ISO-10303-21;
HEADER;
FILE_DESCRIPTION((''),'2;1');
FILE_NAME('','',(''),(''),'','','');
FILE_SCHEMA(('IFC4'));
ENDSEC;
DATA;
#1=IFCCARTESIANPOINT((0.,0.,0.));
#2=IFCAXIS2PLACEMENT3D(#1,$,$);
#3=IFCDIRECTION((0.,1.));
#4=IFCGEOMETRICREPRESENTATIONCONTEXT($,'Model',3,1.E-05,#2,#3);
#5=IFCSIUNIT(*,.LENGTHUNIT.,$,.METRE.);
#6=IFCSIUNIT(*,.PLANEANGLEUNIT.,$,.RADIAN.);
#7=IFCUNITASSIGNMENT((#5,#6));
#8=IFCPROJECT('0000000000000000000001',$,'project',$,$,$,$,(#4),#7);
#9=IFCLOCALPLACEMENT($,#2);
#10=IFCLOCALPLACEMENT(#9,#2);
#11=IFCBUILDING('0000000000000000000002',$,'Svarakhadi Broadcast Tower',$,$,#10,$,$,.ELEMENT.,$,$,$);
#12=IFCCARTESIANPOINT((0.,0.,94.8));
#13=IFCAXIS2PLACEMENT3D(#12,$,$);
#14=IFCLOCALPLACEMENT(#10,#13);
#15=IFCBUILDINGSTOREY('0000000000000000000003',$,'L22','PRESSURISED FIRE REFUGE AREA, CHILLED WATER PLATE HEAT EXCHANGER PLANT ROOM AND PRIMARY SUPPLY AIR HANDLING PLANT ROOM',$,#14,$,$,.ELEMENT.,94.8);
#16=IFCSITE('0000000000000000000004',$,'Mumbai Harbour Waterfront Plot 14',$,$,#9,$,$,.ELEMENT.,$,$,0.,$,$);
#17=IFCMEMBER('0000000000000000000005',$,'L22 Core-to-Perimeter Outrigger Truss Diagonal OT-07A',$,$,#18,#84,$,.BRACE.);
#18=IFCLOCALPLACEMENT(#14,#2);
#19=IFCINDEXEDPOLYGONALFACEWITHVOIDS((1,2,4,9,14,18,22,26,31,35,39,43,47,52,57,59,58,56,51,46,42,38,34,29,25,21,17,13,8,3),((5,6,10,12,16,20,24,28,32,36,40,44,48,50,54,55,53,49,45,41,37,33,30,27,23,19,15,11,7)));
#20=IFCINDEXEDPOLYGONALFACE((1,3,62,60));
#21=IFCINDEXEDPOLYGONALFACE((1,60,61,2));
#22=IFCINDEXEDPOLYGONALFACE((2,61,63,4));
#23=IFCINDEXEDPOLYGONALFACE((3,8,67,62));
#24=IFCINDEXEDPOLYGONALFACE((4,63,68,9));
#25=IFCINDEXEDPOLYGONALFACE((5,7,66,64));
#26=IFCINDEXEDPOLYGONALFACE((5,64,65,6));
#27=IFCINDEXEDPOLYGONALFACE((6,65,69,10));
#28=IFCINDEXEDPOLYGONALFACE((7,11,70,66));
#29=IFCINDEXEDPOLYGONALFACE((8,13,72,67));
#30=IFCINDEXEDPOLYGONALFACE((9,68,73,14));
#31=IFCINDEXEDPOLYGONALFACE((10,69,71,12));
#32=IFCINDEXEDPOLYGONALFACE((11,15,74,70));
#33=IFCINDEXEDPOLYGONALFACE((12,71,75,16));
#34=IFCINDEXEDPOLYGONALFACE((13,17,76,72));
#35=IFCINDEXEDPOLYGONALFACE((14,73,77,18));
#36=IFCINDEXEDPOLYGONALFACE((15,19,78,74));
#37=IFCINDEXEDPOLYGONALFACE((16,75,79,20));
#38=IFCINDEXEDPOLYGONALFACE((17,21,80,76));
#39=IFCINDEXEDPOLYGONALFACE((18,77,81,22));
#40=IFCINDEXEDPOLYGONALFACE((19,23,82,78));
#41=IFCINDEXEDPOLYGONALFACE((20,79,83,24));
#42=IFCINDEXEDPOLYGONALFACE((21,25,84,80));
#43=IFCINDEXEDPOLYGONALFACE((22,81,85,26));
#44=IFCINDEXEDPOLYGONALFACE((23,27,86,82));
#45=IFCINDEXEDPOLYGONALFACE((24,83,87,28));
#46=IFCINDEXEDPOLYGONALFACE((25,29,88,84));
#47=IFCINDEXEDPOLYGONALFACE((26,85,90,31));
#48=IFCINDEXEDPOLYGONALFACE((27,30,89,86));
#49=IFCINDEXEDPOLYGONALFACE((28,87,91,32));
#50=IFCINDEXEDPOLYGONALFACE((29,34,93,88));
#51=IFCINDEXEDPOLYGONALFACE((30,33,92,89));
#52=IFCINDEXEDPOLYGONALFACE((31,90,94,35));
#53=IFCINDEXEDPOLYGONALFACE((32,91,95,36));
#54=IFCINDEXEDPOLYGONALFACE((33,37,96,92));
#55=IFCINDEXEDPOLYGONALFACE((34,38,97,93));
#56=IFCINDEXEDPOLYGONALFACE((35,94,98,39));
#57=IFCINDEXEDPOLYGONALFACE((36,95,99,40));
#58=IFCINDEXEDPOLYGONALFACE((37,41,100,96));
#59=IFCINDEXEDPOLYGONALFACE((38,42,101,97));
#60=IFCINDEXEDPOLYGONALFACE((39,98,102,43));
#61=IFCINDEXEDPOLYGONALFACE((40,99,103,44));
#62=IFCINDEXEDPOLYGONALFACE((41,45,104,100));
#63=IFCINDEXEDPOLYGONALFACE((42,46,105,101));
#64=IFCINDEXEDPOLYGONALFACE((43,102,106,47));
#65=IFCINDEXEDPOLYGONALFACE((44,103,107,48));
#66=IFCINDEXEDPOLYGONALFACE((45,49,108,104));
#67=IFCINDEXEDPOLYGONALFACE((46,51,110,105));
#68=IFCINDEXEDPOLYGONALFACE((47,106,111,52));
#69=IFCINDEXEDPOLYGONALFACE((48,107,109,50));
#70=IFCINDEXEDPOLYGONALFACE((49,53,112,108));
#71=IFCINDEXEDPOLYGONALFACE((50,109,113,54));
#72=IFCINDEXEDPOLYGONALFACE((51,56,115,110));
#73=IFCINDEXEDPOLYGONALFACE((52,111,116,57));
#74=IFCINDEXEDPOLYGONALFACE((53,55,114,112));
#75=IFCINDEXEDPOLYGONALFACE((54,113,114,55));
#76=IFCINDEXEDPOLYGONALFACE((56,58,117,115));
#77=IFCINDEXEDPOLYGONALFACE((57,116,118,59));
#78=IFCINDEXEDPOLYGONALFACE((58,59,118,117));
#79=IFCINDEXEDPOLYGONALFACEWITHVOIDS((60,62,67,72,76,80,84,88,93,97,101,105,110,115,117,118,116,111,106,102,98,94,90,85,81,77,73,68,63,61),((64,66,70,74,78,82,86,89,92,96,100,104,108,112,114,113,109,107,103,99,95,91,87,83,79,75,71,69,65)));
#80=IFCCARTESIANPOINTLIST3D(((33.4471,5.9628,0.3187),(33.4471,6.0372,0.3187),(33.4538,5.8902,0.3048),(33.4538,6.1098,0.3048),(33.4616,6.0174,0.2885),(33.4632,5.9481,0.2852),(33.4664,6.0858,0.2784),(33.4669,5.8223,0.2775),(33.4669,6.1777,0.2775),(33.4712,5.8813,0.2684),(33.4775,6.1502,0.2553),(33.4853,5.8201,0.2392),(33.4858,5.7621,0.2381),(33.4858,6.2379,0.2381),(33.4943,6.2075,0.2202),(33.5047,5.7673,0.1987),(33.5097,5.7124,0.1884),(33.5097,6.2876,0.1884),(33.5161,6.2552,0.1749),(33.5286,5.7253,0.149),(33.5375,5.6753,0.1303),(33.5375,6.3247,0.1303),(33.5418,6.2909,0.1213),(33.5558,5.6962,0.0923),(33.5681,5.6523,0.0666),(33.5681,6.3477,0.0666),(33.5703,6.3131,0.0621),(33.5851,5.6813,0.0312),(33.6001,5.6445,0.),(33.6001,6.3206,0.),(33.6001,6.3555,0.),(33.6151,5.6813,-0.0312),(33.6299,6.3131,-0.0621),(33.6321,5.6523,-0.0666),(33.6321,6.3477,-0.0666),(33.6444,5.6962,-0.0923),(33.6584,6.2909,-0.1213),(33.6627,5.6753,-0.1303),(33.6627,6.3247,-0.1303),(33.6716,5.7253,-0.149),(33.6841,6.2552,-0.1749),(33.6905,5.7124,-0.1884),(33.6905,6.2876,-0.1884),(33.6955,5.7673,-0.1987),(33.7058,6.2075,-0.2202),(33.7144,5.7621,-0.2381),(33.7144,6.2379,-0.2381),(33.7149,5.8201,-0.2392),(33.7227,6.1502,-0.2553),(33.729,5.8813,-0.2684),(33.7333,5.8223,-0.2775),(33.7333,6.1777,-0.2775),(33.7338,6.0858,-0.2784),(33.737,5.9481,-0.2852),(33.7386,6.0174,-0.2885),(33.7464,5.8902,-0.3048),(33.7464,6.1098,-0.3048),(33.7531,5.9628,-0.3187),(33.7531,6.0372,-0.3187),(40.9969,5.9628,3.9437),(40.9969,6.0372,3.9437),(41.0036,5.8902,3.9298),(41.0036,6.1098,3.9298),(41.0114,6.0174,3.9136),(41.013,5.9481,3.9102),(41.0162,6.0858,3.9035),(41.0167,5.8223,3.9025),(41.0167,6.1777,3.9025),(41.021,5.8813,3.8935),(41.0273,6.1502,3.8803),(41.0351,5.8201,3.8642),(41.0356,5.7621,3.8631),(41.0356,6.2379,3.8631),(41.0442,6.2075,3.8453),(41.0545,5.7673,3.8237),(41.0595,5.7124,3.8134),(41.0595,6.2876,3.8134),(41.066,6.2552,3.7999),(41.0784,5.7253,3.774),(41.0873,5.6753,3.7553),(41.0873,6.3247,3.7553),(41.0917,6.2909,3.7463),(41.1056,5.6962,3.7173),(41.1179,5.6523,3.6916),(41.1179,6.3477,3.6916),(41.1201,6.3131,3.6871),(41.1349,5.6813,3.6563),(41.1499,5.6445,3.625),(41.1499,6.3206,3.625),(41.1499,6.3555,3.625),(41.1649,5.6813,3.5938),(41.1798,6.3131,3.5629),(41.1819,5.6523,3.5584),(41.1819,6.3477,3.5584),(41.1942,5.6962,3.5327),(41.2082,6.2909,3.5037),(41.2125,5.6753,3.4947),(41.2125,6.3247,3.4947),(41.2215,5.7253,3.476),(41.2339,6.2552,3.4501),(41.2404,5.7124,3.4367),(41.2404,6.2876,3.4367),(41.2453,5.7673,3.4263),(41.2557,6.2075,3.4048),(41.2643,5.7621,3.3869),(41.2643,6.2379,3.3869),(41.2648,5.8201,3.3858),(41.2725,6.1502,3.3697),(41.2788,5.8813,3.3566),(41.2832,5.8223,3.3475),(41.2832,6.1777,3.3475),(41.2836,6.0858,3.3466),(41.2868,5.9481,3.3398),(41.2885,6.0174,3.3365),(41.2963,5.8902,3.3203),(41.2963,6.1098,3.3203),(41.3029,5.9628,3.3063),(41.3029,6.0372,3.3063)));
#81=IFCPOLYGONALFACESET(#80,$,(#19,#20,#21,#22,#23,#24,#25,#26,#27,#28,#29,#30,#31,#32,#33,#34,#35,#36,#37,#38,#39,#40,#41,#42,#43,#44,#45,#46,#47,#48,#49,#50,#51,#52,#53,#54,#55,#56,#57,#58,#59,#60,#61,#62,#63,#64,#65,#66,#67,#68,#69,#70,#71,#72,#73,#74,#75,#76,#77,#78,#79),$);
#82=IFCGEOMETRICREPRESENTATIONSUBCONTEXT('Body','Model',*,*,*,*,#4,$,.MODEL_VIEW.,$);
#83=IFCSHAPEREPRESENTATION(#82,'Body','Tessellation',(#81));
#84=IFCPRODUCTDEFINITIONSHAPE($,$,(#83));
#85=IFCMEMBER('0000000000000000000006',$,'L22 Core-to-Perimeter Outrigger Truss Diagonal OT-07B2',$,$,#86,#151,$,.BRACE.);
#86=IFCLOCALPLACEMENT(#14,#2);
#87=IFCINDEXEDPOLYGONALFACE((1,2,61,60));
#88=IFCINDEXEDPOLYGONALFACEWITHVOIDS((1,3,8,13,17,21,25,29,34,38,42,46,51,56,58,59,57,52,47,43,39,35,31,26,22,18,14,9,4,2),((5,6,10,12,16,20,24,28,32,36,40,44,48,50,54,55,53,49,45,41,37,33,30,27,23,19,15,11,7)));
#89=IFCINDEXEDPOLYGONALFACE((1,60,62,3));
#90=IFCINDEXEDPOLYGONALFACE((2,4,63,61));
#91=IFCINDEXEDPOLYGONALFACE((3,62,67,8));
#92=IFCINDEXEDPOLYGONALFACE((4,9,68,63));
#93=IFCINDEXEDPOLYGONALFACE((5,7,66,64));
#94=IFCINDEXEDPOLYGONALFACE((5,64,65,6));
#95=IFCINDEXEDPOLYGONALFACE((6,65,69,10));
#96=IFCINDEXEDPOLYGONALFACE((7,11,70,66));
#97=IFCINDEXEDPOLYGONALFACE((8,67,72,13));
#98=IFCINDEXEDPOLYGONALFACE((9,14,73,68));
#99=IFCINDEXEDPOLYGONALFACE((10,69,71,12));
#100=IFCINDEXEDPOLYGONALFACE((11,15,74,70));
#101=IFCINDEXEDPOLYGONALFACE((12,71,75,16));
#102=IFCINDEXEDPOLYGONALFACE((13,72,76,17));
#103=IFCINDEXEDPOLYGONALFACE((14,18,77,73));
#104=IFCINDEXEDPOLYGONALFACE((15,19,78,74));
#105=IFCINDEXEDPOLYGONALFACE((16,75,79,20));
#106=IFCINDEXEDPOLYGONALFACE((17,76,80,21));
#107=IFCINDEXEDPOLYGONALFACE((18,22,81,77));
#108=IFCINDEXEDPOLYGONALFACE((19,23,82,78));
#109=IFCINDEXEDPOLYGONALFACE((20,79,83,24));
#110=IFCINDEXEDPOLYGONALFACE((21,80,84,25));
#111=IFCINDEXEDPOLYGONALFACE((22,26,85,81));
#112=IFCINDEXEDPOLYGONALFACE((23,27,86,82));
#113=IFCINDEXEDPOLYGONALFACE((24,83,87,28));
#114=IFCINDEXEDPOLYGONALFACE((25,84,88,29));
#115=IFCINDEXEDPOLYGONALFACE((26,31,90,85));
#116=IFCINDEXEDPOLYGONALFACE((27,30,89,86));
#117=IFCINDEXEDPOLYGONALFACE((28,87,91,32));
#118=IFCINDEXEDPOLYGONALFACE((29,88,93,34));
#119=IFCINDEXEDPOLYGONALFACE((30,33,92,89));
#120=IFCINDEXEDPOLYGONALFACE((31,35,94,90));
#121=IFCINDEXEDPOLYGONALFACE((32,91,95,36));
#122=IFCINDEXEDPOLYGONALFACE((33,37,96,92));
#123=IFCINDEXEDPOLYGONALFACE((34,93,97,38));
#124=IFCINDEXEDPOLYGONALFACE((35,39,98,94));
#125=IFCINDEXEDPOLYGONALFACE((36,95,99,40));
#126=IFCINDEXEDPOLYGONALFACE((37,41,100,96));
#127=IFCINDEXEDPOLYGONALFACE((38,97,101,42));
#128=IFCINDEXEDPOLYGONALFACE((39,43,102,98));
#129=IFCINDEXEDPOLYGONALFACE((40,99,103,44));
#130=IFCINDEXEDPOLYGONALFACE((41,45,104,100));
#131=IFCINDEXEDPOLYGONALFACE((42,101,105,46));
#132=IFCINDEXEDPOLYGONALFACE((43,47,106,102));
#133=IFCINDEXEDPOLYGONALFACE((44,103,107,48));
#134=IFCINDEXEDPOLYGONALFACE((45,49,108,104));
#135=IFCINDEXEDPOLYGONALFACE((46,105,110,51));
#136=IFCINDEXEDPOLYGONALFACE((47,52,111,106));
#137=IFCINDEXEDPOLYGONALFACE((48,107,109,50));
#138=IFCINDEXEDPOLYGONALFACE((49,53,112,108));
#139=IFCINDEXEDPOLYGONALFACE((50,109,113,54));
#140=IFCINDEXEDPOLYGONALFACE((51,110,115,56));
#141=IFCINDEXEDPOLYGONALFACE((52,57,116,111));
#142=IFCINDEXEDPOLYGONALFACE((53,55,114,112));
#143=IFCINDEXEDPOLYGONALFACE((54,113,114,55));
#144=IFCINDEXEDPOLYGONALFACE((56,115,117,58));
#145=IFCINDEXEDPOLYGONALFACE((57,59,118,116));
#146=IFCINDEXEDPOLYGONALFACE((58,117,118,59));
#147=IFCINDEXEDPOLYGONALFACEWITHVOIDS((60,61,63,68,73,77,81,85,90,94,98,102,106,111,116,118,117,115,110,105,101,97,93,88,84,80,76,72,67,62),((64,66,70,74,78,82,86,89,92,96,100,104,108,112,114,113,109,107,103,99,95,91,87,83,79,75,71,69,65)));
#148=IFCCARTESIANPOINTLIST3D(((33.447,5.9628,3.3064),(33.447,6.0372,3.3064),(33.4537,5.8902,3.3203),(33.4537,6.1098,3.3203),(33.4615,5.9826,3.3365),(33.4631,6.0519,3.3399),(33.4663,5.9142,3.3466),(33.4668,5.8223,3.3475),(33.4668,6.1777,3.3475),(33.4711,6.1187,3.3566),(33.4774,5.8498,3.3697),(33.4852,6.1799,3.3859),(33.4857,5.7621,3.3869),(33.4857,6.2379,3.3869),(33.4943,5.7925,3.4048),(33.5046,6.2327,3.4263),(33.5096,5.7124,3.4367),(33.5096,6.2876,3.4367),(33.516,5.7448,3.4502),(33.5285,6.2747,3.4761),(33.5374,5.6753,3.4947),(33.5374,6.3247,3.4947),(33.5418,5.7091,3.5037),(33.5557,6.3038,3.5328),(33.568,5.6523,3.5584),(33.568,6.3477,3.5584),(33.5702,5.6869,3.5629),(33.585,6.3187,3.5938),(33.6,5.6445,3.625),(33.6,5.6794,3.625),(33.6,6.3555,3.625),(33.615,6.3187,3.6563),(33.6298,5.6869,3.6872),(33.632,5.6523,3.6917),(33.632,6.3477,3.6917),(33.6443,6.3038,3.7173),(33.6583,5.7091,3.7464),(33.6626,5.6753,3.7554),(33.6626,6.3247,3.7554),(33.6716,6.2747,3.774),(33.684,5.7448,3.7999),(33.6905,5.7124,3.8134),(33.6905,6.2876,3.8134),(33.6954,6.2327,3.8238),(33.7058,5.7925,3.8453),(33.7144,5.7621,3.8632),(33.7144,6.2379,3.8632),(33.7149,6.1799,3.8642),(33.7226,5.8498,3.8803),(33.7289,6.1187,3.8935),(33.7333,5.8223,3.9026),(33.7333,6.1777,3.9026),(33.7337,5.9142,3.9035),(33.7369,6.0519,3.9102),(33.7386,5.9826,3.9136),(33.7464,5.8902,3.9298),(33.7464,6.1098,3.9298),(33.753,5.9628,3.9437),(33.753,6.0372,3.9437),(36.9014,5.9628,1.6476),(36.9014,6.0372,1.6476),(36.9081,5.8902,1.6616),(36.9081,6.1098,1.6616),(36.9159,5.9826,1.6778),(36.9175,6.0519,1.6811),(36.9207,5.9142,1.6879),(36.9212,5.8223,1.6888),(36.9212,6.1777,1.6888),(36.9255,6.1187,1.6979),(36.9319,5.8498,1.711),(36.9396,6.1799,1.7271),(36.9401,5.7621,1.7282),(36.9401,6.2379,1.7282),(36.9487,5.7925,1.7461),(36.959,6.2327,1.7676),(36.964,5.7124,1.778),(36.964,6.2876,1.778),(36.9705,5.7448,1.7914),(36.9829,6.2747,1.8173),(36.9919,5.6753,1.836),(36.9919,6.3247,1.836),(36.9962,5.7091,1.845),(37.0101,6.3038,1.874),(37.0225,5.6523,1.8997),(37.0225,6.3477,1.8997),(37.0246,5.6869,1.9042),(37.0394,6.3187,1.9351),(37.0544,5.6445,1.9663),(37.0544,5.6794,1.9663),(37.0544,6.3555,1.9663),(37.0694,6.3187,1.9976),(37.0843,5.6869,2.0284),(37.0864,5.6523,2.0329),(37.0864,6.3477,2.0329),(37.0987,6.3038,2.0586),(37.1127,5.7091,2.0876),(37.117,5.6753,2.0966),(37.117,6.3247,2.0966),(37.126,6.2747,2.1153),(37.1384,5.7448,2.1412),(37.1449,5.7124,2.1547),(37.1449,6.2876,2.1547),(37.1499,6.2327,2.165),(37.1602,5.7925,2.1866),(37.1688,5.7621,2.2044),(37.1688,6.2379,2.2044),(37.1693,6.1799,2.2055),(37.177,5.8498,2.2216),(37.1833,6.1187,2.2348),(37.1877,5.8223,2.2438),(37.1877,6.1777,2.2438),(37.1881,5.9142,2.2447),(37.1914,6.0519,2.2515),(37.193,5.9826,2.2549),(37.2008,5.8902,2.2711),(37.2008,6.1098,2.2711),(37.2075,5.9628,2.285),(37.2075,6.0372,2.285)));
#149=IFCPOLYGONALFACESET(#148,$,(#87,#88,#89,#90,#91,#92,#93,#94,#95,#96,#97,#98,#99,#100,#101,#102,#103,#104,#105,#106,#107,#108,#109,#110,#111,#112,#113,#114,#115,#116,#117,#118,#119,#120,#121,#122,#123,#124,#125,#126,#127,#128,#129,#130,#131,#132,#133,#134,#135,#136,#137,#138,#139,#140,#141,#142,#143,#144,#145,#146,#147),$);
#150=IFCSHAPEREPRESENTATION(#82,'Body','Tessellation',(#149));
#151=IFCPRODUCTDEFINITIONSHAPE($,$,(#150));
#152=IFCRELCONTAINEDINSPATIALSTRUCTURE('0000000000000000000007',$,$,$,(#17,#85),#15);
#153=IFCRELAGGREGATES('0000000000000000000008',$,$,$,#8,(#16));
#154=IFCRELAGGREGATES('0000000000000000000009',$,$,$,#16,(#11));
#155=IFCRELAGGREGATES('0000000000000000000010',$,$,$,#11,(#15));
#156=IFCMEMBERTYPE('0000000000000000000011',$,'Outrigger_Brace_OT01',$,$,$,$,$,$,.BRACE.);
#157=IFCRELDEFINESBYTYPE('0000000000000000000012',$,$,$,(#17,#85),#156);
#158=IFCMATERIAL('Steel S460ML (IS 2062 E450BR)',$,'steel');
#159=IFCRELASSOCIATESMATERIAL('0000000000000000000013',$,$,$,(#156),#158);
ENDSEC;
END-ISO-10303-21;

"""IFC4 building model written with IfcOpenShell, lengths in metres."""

from ifc_helpers import new_model, si_unit, direction, frame, origin, origin_2d, place, context, subcontext, project, spatial, hollow_circle, extrude, material, material_profile, profile_set, type_object, element, save


model = new_model("IFC4")

# Units and contexts
model_context = context("Model", 3, precision=1e-05, world=origin(), true_north=direction((0.0, 1.0)))
body_context = subcontext(model_context, "Body", "Model", "MODEL_VIEW")
ifc_project = project(units=[si_unit("LENGTHUNIT", "METRE"), si_unit("PLANEANGLEUNIT", "RADIAN")], contexts=[model_context])

# Site, building, storey
site_placement = place(None, origin())
site = spatial("IfcSite", under=ifc_project, at=site_placement, Name="Mumbai Harbour Waterfront Plot 14", CompositionType="ELEMENT", RefElevation=0.0)
building_placement = place(site_placement, origin())
building = spatial("IfcBuilding", under=site, at=building_placement, Name="Svarakhadi Broadcast Tower", CompositionType="ELEMENT")
storey_placement = place(building_placement, frame((0.0, 0.0, 94.8)))
storey = spatial("IfcBuildingStorey", under=building, at=storey_placement, Name="L22", Description="PRESSURISED FIRE REFUGE AREA, CHILLED WATER PLATE HEAT EXCHANGER PLANT ROOM AND PRIMARY SUPPLY AIR HANDLING PLANT ROOM", CompositionType="ELEMENT", Elevation=94.8)

# Shared definitions
ifc_material_1 = material(Name="Steel S460ML (IS 2062 E450BR)", Category="steel")

# Members
ifc_material_profile_1 = material_profile(ifc_material_1, hollow_circle(Radius=0.3555, WallThickness=0.0349, at=origin_2d()), Name="CHS 711x35")
ifc_profile_set_1 = profile_set([ifc_material_profile_1], Name="Steel S460ML (IS 2062 E450BR)")
member_type_1 = type_object("IfcMemberType", Name="Outrigger_Brace_OT01", PredefinedType="BRACE", material=ifc_profile_set_1)
member_1_placement = place(storey_placement, frame((33.6001, 6.0, 0.0), z_axis=(0.901472, 0.0, 0.432837), x_axis=(0.0, 1.0, 0.0)))
element("IfcMember", 1, at=member_1_placement, inside=storey, type_object=member_type_1, Name="L22 Core-to-Perimeter Outrigger Truss Diagonal OT-07A", PredefinedType="BRACE", context=body_context, shape_type="SweptSolid", body=[
    extrude(hollow_circle(Radius=0.3555, WallThickness=0.0349, at=origin_2d()), origin(), (0.0, 0.0, 1.0), 8.375),
])
member_2_placement = place(storey_placement, frame((37.0544, 6.0, 1.9663), z_axis=(-0.901461, 0.0, 0.432859), x_axis=(0.0, -1.0, 0.0)))
element("IfcMember", 2, at=member_2_placement, inside=storey, type_object=member_type_1, Name="L22 Core-to-Perimeter Outrigger Truss Diagonal OT-07B2", PredefinedType="BRACE", context=body_context, shape_type="SweptSolid", body=[
    extrude(hollow_circle(Radius=0.3555, WallThickness=0.0349, at=origin_2d()), origin(), (0.0, 0.0, 1.0), 3.832),
])

save(model, "model.ifc")
